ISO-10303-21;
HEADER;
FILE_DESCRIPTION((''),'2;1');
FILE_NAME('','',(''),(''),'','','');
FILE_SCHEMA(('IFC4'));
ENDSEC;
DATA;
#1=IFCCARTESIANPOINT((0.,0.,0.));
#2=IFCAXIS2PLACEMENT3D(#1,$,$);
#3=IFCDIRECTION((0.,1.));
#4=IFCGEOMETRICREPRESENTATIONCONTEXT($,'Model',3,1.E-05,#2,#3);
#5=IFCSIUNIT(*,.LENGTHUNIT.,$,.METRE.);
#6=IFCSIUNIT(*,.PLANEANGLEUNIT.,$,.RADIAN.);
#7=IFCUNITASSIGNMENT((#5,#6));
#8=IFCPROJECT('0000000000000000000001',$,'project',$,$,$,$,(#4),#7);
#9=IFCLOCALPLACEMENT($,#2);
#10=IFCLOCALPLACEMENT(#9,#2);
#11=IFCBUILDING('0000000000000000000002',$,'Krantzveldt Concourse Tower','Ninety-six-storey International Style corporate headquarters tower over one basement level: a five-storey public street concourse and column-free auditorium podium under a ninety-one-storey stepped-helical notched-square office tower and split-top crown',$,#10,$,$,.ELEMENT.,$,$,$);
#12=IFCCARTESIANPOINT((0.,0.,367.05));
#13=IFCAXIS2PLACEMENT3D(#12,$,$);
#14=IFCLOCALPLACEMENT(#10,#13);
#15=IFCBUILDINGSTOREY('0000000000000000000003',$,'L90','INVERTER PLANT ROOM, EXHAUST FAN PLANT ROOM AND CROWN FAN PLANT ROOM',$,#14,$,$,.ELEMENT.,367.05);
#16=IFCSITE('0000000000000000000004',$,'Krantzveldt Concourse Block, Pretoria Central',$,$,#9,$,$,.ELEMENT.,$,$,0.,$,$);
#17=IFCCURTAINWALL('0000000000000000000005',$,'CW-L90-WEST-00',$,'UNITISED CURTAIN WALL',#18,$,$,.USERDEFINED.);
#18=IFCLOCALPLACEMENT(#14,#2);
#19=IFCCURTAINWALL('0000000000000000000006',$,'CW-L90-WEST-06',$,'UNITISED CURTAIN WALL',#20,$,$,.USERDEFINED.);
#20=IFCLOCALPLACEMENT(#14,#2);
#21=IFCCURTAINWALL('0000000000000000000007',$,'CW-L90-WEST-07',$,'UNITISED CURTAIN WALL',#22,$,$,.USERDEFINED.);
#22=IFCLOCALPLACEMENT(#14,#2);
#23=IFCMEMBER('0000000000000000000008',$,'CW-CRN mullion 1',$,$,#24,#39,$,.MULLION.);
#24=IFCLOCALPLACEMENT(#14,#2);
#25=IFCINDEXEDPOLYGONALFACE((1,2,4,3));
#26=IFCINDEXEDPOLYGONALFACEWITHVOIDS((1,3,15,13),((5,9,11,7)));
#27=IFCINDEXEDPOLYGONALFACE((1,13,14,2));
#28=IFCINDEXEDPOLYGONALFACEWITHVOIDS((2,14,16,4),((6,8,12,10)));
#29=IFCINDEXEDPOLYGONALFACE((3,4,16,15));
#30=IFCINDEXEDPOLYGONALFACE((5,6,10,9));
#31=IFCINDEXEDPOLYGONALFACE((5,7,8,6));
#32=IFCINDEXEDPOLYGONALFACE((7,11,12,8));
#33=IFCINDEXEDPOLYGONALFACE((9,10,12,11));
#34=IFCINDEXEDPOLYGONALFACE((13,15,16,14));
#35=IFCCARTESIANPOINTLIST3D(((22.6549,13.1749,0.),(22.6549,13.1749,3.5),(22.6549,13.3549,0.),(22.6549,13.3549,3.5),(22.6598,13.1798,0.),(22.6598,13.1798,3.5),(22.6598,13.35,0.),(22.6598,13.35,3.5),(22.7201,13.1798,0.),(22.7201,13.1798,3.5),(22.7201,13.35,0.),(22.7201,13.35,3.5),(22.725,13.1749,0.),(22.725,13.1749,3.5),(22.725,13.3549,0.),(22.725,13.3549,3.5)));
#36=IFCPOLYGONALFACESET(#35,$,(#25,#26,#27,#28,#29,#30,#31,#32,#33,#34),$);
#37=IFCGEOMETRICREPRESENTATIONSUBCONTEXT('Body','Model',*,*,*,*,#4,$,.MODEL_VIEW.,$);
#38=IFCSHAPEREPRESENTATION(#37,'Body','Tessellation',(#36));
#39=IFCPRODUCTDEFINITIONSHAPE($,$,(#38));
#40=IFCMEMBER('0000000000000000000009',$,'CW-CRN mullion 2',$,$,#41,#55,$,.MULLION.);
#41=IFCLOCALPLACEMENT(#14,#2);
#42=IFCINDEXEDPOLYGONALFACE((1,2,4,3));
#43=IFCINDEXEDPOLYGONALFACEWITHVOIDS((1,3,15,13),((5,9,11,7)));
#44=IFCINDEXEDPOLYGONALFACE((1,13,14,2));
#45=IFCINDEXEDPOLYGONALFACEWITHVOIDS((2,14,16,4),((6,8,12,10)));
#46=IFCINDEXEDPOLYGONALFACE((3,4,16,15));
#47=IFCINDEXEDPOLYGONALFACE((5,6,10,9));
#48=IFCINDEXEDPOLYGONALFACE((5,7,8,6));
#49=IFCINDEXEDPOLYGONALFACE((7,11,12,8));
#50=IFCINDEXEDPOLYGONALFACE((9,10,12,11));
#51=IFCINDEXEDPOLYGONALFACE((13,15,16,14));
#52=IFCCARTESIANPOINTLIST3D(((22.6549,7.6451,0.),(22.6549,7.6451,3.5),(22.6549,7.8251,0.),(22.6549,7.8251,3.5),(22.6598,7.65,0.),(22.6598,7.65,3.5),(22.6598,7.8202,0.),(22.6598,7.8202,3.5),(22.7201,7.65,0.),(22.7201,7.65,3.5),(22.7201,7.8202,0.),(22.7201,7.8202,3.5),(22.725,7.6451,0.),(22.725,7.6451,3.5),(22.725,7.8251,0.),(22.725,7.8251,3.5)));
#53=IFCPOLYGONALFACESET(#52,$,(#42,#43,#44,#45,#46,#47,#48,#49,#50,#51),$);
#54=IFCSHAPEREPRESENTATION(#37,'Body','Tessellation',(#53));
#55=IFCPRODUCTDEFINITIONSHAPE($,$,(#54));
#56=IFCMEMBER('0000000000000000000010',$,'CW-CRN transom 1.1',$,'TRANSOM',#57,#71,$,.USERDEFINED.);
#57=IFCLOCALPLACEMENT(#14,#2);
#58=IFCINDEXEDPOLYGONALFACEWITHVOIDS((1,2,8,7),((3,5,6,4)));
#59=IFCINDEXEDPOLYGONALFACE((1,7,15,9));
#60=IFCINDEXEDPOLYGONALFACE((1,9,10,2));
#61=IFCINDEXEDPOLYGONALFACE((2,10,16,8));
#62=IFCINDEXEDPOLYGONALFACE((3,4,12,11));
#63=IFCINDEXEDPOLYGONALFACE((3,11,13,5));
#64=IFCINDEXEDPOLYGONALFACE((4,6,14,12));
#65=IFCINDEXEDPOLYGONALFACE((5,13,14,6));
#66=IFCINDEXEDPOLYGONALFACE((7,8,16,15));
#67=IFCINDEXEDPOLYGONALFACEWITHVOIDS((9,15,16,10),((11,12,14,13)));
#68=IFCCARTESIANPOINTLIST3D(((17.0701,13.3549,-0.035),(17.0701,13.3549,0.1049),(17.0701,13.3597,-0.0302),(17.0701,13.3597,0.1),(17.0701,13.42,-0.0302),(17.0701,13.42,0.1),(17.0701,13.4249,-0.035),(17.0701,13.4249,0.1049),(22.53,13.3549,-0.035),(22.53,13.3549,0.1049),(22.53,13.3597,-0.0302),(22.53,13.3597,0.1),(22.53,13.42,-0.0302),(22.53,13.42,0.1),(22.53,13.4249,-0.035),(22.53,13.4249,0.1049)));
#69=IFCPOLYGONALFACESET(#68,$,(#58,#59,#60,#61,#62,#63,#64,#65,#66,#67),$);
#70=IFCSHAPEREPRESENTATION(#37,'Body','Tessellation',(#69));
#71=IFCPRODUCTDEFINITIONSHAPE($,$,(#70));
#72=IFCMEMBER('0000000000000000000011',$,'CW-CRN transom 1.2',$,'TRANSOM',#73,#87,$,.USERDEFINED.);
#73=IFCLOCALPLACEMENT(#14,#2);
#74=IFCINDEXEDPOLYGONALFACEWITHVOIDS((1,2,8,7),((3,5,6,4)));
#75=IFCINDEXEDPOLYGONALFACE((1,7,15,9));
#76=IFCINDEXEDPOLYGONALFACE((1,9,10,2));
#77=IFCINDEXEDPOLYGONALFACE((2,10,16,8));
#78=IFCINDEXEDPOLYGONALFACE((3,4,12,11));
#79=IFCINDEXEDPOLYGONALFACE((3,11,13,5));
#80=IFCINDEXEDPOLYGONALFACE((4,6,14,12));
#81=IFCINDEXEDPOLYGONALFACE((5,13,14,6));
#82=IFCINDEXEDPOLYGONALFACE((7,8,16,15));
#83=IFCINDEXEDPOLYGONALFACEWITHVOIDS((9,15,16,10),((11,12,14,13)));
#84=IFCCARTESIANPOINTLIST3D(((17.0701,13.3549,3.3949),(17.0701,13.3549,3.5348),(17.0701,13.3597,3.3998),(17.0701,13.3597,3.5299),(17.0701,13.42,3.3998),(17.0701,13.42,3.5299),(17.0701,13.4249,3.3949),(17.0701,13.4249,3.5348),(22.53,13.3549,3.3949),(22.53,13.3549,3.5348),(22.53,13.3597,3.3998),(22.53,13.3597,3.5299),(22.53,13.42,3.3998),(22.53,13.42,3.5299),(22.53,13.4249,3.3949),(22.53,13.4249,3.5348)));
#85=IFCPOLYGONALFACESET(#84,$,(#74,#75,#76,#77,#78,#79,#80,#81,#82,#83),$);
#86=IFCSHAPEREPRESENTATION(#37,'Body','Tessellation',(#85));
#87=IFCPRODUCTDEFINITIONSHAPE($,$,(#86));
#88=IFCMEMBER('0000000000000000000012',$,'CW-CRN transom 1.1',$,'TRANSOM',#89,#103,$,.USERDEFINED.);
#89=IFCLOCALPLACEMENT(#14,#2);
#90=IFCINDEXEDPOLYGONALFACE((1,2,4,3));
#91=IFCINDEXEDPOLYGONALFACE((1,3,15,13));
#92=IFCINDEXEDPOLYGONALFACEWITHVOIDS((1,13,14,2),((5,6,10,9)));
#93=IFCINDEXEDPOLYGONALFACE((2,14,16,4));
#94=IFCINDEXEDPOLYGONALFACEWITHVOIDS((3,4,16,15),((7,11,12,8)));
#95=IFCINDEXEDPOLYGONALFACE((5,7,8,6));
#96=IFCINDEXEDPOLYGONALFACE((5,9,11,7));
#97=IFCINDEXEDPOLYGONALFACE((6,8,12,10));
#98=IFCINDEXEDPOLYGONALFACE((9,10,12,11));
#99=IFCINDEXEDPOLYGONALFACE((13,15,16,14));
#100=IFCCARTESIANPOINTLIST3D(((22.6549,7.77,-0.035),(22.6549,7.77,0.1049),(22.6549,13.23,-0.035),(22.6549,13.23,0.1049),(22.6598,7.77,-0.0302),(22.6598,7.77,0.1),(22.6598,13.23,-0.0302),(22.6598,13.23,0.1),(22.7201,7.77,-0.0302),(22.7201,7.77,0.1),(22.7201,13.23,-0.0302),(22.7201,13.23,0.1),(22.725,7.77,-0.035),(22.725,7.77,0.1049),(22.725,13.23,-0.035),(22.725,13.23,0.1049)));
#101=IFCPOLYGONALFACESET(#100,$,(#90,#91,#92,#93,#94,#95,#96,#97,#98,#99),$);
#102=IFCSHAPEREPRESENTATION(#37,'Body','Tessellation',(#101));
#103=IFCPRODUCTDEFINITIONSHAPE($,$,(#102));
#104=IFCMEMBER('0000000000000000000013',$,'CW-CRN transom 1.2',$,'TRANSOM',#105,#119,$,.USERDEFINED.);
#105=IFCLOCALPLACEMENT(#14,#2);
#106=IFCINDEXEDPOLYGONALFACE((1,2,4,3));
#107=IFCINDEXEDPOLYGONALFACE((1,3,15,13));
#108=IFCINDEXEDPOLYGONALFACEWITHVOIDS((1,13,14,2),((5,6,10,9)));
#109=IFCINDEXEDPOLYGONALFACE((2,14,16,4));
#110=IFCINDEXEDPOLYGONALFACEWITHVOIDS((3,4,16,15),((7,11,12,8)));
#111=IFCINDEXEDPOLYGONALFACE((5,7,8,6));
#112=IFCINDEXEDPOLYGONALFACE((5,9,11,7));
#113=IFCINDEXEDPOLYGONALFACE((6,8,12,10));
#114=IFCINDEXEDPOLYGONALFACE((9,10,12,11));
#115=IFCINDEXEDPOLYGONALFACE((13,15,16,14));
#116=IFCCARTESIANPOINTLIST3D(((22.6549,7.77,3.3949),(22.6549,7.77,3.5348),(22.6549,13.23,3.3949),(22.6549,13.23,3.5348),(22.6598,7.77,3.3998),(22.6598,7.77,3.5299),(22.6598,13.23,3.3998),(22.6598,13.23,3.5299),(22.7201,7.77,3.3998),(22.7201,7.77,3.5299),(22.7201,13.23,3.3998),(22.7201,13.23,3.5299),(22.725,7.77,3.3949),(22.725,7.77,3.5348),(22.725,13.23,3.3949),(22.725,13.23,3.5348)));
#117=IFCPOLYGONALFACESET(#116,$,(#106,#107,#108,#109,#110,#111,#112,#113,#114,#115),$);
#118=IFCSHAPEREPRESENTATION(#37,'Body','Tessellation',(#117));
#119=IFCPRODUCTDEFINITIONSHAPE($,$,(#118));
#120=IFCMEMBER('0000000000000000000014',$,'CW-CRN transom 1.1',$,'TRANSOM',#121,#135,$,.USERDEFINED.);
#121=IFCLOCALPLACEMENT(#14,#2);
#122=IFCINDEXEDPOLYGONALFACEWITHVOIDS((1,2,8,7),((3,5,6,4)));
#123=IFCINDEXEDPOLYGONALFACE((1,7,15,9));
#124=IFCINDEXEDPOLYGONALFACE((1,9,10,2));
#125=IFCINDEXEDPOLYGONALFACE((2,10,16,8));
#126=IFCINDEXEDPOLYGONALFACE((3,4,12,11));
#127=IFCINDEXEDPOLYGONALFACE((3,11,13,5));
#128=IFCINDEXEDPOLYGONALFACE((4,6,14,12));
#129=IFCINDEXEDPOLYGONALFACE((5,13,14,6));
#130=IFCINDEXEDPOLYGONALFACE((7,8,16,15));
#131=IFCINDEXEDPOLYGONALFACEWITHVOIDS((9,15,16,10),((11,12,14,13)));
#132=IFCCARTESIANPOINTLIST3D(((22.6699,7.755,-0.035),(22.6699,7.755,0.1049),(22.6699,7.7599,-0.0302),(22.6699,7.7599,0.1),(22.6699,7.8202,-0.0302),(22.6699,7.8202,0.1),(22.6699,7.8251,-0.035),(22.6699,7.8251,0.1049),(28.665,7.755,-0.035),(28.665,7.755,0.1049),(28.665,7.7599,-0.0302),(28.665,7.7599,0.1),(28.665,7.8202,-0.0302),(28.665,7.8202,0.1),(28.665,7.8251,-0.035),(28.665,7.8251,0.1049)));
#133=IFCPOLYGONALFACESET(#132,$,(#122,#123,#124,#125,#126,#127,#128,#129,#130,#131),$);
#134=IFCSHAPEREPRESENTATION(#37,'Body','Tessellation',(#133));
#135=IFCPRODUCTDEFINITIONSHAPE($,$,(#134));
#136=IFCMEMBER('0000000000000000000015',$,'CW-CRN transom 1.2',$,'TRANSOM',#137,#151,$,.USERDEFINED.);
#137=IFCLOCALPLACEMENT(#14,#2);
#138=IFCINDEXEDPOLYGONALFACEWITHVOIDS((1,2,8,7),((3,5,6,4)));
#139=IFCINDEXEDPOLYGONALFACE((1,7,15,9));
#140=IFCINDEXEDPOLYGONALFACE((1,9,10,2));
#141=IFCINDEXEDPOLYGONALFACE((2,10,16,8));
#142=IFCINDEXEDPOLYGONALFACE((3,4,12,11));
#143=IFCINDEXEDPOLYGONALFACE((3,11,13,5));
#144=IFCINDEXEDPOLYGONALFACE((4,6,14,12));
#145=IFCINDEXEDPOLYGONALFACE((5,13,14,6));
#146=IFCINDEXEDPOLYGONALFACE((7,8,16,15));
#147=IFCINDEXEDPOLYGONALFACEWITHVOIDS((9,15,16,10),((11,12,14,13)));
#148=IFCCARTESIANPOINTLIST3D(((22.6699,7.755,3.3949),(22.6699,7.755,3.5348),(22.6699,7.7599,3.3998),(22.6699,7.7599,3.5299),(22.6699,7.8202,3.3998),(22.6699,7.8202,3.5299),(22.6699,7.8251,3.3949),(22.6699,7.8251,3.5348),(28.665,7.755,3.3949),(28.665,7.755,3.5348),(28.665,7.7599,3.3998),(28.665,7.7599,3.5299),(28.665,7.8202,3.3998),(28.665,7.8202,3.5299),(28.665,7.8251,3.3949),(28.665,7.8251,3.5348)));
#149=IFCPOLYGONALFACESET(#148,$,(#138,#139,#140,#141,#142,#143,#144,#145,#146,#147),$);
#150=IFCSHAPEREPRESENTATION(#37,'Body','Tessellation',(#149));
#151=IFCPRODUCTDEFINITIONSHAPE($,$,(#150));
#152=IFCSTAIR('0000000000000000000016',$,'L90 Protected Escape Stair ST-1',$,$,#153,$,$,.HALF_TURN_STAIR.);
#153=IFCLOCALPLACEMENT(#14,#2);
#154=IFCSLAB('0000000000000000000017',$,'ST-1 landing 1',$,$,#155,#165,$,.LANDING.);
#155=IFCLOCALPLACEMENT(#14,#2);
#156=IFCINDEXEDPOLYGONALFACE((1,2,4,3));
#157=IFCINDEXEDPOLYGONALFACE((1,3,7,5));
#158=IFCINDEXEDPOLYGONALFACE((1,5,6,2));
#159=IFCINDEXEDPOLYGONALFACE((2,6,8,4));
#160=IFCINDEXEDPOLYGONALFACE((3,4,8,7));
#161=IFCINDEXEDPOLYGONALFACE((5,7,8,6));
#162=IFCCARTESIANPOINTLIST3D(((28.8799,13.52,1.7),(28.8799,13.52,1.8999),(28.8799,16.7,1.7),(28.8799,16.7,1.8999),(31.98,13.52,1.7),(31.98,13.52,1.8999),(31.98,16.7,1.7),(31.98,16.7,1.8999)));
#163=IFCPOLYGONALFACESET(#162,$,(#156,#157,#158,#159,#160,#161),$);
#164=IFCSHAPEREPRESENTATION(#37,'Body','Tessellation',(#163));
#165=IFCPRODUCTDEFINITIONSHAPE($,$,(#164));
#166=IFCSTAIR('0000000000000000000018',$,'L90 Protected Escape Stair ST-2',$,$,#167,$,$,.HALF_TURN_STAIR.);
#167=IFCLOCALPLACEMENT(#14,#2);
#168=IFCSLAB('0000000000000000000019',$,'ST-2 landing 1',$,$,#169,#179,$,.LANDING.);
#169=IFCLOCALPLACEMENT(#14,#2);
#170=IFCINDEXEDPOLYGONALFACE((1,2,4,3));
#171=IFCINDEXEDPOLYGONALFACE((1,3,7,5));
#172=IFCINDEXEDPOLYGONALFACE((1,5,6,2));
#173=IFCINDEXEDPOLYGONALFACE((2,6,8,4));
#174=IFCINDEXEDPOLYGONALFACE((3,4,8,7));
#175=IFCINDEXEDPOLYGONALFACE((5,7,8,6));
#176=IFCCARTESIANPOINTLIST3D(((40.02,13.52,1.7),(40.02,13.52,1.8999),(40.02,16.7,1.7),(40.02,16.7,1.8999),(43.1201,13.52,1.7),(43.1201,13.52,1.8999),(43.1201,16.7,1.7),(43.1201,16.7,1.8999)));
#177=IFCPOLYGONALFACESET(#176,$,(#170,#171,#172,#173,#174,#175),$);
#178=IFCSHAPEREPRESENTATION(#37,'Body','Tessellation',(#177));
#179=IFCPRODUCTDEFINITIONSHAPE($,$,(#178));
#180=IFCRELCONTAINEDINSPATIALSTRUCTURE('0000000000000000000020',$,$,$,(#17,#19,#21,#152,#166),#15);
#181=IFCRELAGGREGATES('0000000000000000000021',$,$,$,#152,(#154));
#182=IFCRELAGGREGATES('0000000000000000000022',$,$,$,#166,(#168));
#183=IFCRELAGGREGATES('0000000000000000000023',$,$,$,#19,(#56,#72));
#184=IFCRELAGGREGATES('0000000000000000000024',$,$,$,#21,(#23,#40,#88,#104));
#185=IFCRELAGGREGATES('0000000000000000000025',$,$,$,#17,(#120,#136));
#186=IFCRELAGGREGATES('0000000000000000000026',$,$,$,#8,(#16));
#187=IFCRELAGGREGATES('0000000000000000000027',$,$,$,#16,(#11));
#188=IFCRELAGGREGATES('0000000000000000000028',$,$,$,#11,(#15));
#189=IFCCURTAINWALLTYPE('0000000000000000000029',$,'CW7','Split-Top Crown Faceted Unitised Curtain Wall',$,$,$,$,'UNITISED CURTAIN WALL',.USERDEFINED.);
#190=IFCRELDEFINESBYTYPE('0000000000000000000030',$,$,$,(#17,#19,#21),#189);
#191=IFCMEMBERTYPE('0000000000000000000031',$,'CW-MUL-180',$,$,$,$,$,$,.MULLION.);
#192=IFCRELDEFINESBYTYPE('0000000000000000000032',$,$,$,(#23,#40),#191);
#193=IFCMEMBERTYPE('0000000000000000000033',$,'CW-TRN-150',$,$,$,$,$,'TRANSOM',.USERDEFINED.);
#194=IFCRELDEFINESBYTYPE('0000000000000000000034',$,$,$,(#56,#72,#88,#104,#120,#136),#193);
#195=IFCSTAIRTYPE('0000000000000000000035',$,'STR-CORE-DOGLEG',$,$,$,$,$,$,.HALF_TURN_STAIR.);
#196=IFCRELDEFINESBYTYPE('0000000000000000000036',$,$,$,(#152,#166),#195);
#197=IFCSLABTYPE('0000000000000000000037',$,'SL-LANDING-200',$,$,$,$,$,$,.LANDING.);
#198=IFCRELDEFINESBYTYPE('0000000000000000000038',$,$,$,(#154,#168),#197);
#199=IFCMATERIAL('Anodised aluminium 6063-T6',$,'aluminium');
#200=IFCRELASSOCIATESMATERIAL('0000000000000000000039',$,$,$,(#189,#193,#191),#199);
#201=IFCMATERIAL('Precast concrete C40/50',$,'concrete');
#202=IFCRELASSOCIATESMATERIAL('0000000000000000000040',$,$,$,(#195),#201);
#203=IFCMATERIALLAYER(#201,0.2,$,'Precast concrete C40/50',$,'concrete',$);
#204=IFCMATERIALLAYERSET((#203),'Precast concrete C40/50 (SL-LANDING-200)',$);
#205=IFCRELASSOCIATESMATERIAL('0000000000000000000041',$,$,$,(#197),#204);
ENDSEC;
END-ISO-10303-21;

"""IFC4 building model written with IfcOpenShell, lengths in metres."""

from ifc_helpers import new_model, si_unit, direction, frame, origin, origin_2d, place, context, subcontext, project, spatial, polyline, hollow_rectangle, outline, extrude, source, transform, mapped, material, layer, layer_set, material_profile, profile_set, type_object, type_shapes, element, aggregate, save


model = new_model("IFC4")

# Units and contexts
model_context = context("Model", 3, precision=1e-05, world=origin(), true_north=direction((0.0, 1.0)))
body_context = subcontext(model_context, "Body", "Model", "MODEL_VIEW")
ifc_project = project(units=[si_unit("LENGTHUNIT", "METRE"), si_unit("PLANEANGLEUNIT", "RADIAN")], contexts=[model_context])

# Site, building, storey
site_placement = place(None, origin())
site = spatial("IfcSite", under=ifc_project, at=site_placement, Name="Krantzveldt Concourse Block, Pretoria Central", CompositionType="ELEMENT", RefElevation=0.0)
building_placement = place(site_placement, origin())
building = spatial("IfcBuilding", under=site, at=building_placement, Name="Krantzveldt Concourse Tower", Description="Ninety-six-storey International Style corporate headquarters tower over one basement level: a five-storey public street concourse and column-free auditorium podium under a ninety-one-storey stepped-helical notched-square office tower and split-top crown", CompositionType="ELEMENT")
storey_placement = place(building_placement, frame((0.0, 0.0, 367.05)))
storey = spatial("IfcBuildingStorey", under=building, at=storey_placement, Name="L90", Description="INVERTER PLANT ROOM, EXHAUST FAN PLANT ROOM AND CROWN FAN PLANT ROOM", CompositionType="ELEMENT", Elevation=367.05)

# Shared definitions
ifc_material_1 = material(Name="Anodised aluminium 6063-T6", Category="aluminium")
curtain_wall_type = type_object("IfcCurtainWallType", Name="CW7", Description="Split-Top Crown Faceted Unitised Curtain Wall", ElementType="UNITISED CURTAIN WALL", PredefinedType="USERDEFINED", material=ifc_material_1)
ifc_material_profile_1 = material_profile(ifc_material_1, hollow_rectangle(XDim=0.0701, YDim=0.1399, WallThickness=0.0049, at=origin_2d()), Name="Anodised aluminium 6063-T6", Category="aluminium")
ifc_profile_set_1 = profile_set([ifc_material_profile_1], Name="Anodised aluminium 6063-T6 - ALU-TRAN 140x70x5")
member_type_1 = type_object("IfcMemberType", Name="CW-TRN-150", ElementType="TRANSOM", PredefinedType="USERDEFINED", material=ifc_profile_set_1)

# Curtain wall
curtain_wall_1_placement = place(storey_placement, origin())
curtain_wall_1 = element("IfcCurtainWall", 1, at=curtain_wall_1_placement, inside=storey, type_object=curtain_wall_type, Name="CW-L90-WEST-00", ObjectType="UNITISED CURTAIN WALL", PredefinedType="USERDEFINED")
ifc_material_profile_2 = material_profile(ifc_material_1, hollow_rectangle(XDim=0.0701, YDim=0.1799, WallThickness=0.0049, at=origin_2d()), Name="Anodised aluminium 6063-T6", Category="aluminium")
ifc_profile_set_2 = profile_set([ifc_material_profile_2], Name="Anodised aluminium 6063-T6 - ALU-MULL 180x70x5")
member_type_2 = type_object("IfcMemberType", Name="CW-MUL-180", PredefinedType="MULLION", material=ifc_profile_set_2)
shared_shape_1 = source(origin(), body_context, "Body", "SweptSolid", [
    extrude(hollow_rectangle(XDim=0.0701, YDim=0.1799, WallThickness=0.0049, at=origin_2d()), origin(), (0.0, 0.0, 1.0), 3.5),
])
type_shapes(member_type_2, [shared_shape_1])

# Curtain walls, members
curtain_wall_2_placement = place(storey_placement, origin())
curtain_wall_2 = element("IfcCurtainWall", 2, at=curtain_wall_2_placement, inside=storey, type_object=curtain_wall_type, Name="CW-L90-WEST-06", ObjectType="UNITISED CURTAIN WALL", PredefinedType="USERDEFINED")
curtain_wall_3_placement = place(storey_placement, origin())
curtain_wall_3 = element("IfcCurtainWall", 3, at=curtain_wall_3_placement, inside=storey, type_object=curtain_wall_type, Name="CW-L90-WEST-07", ObjectType="UNITISED CURTAIN WALL", PredefinedType="USERDEFINED")
member_1_placement = place(storey_placement, frame((22.6899, 13.2649, 0.0), z_axis=(0.0, 0.0, 1.0), x_axis=(1.0, 0.0, 0.0)))
member_1 = element("IfcMember", 4, at=member_1_placement, type_object=member_type_2, Name="CW-CRN mullion 1", PredefinedType="MULLION", context=body_context, shape_type="MappedRepresentation", body=[
    mapped(shared_shape_1, transform((0.0, 0.0, 0.0), x_axis=(1.0, 0.0, 0.0), y_axis=(0.0, 1.0, 0.0), z_axis=(0.0, 0.0, 1.0), scale=1.0)),
])
member_2_placement = place(storey_placement, frame((22.6899, 7.7351, 0.0), z_axis=(0.0, 0.0, 1.0), x_axis=(1.0, 0.0, 0.0)))
member_2 = element("IfcMember", 5, at=member_2_placement, type_object=member_type_2, Name="CW-CRN mullion 2", PredefinedType="MULLION", context=body_context, shape_type="MappedRepresentation", body=[
    mapped(shared_shape_1, transform((0.0, 0.0, 0.0), x_axis=(1.0, 0.0, 0.0), y_axis=(0.0, 1.0, 0.0), z_axis=(0.0, 0.0, 1.0), scale=1.0)),
])

# Members
shared_shape_2 = source(origin(), body_context, "Body", "SweptSolid", [
    extrude(hollow_rectangle(XDim=0.0701, YDim=0.1399, WallThickness=0.0049, at=origin_2d()), origin(), (0.0, 0.0, 1.0), 5.46),
])
member_3_placement = place(storey_placement, frame((17.0701, 13.3899, 0.0349), z_axis=(1.0, 0.0, 0.0), x_axis=(0.0, 1.0, 0.0)))
member_3 = element("IfcMember", 6, at=member_3_placement, type_object=member_type_1, Name="CW-CRN transom 1.1", ObjectType="TRANSOM", PredefinedType="USERDEFINED", context=body_context, shape_type="MappedRepresentation", body=[
    mapped(shared_shape_2, transform((0.0, 0.0, 0.0), x_axis=(1.0, 0.0, 0.0), y_axis=(0.0, 1.0, 0.0), z_axis=(0.0, 0.0, 1.0), scale=1.0)),
])
member_4_placement = place(storey_placement, frame((17.0701, 13.3899, 3.4648), z_axis=(1.0, 0.0, 0.0), x_axis=(0.0, 1.0, 0.0)))
member_4 = element("IfcMember", 7, at=member_4_placement, type_object=member_type_1, Name="CW-CRN transom 1.2", ObjectType="TRANSOM", PredefinedType="USERDEFINED", context=body_context, shape_type="MappedRepresentation", body=[
    mapped(shared_shape_2, transform((0.0, 0.0, 0.0), x_axis=(1.0, 0.0, 0.0), y_axis=(0.0, 1.0, 0.0), z_axis=(0.0, 0.0, 1.0), scale=1.0)),
])
member_5_placement = place(storey_placement, frame((22.6899, 13.23, 0.0349), z_axis=(0.0, -1.0, 0.0), x_axis=(1.0, 0.0, 0.0)))
member_5 = element("IfcMember", 8, at=member_5_placement, type_object=member_type_1, Name="CW-CRN transom 1.1", ObjectType="TRANSOM", PredefinedType="USERDEFINED", context=body_context, shape_type="MappedRepresentation", body=[
    mapped(shared_shape_2, transform((0.0, 0.0, 0.0), x_axis=(1.0, 0.0, 0.0), y_axis=(0.0, 1.0, 0.0), z_axis=(0.0, 0.0, 1.0), scale=1.0)),
])
member_6_placement = place(storey_placement, frame((22.6899, 13.23, 3.4648), z_axis=(0.0, -1.0, 0.0), x_axis=(1.0, 0.0, 0.0)))
member_6 = element("IfcMember", 9, at=member_6_placement, type_object=member_type_1, Name="CW-CRN transom 1.2", ObjectType="TRANSOM", PredefinedType="USERDEFINED", context=body_context, shape_type="MappedRepresentation", body=[
    mapped(shared_shape_2, transform((0.0, 0.0, 0.0), x_axis=(1.0, 0.0, 0.0), y_axis=(0.0, 1.0, 0.0), z_axis=(0.0, 0.0, 1.0), scale=1.0)),
])
shared_shape_3 = source(origin(), body_context, "Body", "SweptSolid", [
    extrude(hollow_rectangle(XDim=0.0701, YDim=0.1399, WallThickness=0.0049, at=origin_2d()), origin(), (0.0, 0.0, 1.0), 5.9951),
])
member_7_placement = place(storey_placement, frame((22.6699, 7.79, 0.0349), z_axis=(1.0, 0.0, 0.0), x_axis=(0.0, 1.0, 0.0)))
member_7 = element("IfcMember", 10, at=member_7_placement, type_object=member_type_1, Name="CW-CRN transom 1.1", ObjectType="TRANSOM", PredefinedType="USERDEFINED", context=body_context, shape_type="MappedRepresentation", body=[
    mapped(shared_shape_3, transform((0.0, 0.0, 0.0), x_axis=(1.0, 0.0, 0.0), y_axis=(0.0, 1.0, 0.0), z_axis=(0.0, 0.0, 1.0), scale=1.0)),
])
member_8_placement = place(storey_placement, frame((22.6699, 7.79, 3.4648), z_axis=(1.0, 0.0, 0.0), x_axis=(0.0, 1.0, 0.0)))
member_8 = element("IfcMember", 11, at=member_8_placement, type_object=member_type_1, Name="CW-CRN transom 1.2", ObjectType="TRANSOM", PredefinedType="USERDEFINED", context=body_context, shape_type="MappedRepresentation", body=[
    mapped(shared_shape_3, transform((0.0, 0.0, 0.0), x_axis=(1.0, 0.0, 0.0), y_axis=(0.0, 1.0, 0.0), z_axis=(0.0, 0.0, 1.0), scale=1.0)),
])

# Stairs, slabs
ifc_material_2 = material(Name="Precast concrete C40/50", Category="concrete")
stair_type = type_object("IfcStairType", Name="STR-CORE-DOGLEG", PredefinedType="HALF_TURN_STAIR", material=ifc_material_2)
stair_1_placement = place(storey_placement, origin())
stair_1 = element("IfcStair", 12, at=stair_1_placement, inside=storey, type_object=stair_type, Name="L90 Protected Escape Stair ST-1", PredefinedType="HALF_TURN_STAIR")
ifc_layer_1 = layer(ifc_material_2, 0.2, Name="Precast concrete C40/50", Category="concrete")
ifc_layer_set_1 = layer_set([ifc_layer_1], Name="Precast concrete C40/50 (SL-LANDING-200)")
slab_type_1 = type_object("IfcSlabType", Name="SL-LANDING-200", PredefinedType="LANDING", material=ifc_layer_set_1)
slab_1_placement = place(storey_placement, frame((0.0, 0.0, 1.7)))
slab_1 = element("IfcSlab", 13, at=slab_1_placement, type_object=slab_type_1, Name="ST-1 landing 1", PredefinedType="LANDING", context=body_context, shape_type="SweptSolid", body=[
    extrude(outline(polyline([(28.8799, 16.7), (28.8799, 13.52), (31.98, 13.52), (31.98, 16.7), (28.8799, 16.7)])), origin(), (0.0, 0.0, 1.0), 0.2),
])
aggregate(stair_1, [slab_1])
stair_2_placement = place(storey_placement, origin())
stair_2 = element("IfcStair", 14, at=stair_2_placement, inside=storey, type_object=stair_type, Name="L90 Protected Escape Stair ST-2", PredefinedType="HALF_TURN_STAIR")
slab_2_placement = place(storey_placement, frame((0.0, 0.0, 1.7)))
slab_2 = element("IfcSlab", 15, at=slab_2_placement, type_object=slab_type_1, Name="ST-2 landing 1", PredefinedType="LANDING", context=body_context, shape_type="SweptSolid", body=[
    extrude(outline(polyline([(40.02, 16.7), (40.02, 13.52), (43.1201, 13.52), (43.1201, 16.7), (40.02, 16.7)])), origin(), (0.0, 0.0, 1.0), 0.2),
])
aggregate(stair_2, [slab_2])

aggregate(curtain_wall_2, [member_3, member_4])
aggregate(curtain_wall_3, [member_1, member_2, member_5, member_6])
aggregate(curtain_wall_1, [member_7, member_8])

save(model, "model.ifc")
